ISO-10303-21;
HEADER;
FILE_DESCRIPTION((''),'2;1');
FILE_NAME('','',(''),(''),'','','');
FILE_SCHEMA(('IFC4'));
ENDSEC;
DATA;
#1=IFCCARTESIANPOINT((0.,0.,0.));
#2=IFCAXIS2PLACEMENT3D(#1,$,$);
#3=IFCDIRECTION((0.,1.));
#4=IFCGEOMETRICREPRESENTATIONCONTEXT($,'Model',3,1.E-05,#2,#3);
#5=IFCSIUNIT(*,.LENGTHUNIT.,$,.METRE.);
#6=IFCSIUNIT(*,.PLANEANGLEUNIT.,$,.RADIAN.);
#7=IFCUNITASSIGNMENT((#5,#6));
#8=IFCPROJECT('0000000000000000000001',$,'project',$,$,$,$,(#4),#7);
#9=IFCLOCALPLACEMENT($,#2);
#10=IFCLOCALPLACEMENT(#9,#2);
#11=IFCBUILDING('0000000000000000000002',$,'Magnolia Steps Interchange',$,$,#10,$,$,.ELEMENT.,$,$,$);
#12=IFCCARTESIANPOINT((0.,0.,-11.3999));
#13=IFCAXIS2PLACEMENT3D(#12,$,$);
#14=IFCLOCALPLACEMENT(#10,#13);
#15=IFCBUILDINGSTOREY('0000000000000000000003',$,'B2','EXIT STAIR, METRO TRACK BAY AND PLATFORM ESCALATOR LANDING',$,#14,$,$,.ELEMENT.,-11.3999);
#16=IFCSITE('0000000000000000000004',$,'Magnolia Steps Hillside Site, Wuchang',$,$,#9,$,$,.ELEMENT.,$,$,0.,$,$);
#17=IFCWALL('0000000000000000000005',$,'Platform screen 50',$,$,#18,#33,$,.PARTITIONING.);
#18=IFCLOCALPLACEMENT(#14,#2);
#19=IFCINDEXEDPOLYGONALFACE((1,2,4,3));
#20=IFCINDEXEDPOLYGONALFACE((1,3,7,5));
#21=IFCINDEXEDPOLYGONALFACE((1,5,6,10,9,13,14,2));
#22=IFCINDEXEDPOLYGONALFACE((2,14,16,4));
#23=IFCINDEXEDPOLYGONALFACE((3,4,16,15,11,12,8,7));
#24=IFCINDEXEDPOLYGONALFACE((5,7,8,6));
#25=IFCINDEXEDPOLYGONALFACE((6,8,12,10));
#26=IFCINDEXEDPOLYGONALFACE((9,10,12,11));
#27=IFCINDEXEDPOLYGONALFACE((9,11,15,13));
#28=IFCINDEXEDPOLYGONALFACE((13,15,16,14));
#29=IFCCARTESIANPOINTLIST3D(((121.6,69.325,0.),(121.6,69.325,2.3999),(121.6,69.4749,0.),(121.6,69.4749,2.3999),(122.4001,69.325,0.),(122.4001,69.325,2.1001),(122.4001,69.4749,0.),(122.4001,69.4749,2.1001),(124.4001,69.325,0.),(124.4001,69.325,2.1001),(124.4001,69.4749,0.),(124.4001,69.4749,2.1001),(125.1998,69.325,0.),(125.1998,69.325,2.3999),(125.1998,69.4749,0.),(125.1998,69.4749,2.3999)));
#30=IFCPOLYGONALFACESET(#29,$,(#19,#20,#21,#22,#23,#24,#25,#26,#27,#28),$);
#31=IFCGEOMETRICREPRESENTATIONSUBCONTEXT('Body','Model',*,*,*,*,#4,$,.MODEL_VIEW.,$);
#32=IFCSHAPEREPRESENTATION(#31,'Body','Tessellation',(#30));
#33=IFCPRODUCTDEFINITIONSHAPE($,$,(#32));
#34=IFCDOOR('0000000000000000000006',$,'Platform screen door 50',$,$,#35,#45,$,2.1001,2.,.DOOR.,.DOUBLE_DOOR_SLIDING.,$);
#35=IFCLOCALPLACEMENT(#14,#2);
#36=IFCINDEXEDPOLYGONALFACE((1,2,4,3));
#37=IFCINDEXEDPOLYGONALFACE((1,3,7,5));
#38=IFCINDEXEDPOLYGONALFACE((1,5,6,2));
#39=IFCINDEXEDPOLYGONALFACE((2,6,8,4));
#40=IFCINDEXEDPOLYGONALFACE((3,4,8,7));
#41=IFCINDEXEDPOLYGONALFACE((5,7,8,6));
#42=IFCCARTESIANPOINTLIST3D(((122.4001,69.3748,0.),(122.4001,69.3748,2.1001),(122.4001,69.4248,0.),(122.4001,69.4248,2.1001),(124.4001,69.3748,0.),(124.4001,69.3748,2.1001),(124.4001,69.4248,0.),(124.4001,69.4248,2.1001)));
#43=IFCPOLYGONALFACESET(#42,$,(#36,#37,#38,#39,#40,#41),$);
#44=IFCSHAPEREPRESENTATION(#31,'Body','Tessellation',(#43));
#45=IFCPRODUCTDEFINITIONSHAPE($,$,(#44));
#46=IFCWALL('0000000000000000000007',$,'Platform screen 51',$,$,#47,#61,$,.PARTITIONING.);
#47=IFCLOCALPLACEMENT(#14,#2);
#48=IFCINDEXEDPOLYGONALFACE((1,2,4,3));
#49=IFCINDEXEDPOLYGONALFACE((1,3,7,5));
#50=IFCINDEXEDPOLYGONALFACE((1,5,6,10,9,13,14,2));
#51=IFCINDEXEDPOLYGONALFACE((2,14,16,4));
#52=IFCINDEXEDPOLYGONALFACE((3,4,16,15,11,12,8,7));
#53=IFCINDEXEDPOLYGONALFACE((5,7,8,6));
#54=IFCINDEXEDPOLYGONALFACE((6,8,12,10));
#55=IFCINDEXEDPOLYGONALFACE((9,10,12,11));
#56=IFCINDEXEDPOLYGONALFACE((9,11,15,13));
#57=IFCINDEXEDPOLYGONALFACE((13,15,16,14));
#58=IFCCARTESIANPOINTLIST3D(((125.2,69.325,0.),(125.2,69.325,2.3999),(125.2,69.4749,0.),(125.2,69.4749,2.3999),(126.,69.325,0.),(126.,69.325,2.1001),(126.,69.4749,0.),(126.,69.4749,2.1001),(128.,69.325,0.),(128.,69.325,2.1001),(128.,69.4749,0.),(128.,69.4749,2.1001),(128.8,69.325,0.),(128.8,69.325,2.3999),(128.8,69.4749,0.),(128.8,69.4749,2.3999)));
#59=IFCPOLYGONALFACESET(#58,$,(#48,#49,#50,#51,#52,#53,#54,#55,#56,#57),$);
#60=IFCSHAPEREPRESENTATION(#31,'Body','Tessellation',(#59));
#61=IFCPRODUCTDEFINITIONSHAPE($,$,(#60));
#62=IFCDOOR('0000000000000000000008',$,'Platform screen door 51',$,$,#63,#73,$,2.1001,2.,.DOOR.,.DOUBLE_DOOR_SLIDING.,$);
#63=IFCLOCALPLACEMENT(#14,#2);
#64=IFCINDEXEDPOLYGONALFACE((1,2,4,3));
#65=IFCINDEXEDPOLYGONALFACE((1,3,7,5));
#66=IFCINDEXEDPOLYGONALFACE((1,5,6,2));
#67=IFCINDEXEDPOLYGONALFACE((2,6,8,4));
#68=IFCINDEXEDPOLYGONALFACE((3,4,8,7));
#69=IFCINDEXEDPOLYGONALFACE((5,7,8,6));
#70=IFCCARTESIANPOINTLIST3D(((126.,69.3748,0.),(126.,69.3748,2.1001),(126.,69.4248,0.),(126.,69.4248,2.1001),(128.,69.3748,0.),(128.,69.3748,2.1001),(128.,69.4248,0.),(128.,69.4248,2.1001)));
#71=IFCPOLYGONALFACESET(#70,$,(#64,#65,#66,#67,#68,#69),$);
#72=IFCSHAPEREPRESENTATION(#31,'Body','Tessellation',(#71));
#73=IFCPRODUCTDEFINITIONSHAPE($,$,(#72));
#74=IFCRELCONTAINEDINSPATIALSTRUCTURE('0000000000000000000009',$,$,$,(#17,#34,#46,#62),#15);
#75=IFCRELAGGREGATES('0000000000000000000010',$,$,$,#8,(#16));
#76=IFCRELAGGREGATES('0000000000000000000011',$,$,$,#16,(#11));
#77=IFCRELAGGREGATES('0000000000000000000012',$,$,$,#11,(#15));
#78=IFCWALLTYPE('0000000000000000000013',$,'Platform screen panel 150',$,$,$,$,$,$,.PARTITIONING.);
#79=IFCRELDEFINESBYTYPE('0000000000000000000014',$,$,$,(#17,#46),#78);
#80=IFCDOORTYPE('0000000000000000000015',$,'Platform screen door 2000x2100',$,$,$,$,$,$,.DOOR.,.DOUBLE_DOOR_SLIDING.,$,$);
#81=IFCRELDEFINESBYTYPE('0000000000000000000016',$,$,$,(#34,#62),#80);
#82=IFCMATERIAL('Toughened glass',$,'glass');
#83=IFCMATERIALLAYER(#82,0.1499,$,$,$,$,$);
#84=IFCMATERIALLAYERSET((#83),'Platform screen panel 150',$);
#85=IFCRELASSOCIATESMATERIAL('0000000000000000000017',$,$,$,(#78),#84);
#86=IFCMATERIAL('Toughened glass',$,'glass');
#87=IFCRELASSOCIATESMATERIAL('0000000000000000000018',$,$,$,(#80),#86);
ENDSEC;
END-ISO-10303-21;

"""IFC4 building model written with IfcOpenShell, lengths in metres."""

from ifc_helpers import new_model, si_unit, direction, frame, frame_2d, origin, place, context, subcontext, project, spatial, rectangle, extrude, material, layer, layer_set, type_object, element, fill, save


model = new_model("IFC4")

# Units and contexts
model_context = context("Model", 3, precision=1e-05, world=origin(), true_north=direction((0.0, 1.0)))
body_context = subcontext(model_context, "Body", "Model", "MODEL_VIEW")
ifc_project = project(units=[si_unit("LENGTHUNIT", "METRE"), si_unit("PLANEANGLEUNIT", "RADIAN")], contexts=[model_context])

# Site, building, storey
site_placement = place(None, origin())
site = spatial("IfcSite", under=ifc_project, at=site_placement, Name="Magnolia Steps Hillside Site, Wuchang", CompositionType="ELEMENT", RefElevation=0.0)
building_placement = place(site_placement, origin())
building = spatial("IfcBuilding", under=site, at=building_placement, Name="Magnolia Steps Interchange", CompositionType="ELEMENT")
storey_placement = place(building_placement, frame((0.0, 0.0, -11.3999)))
storey = spatial("IfcBuildingStorey", under=building, at=storey_placement, Name="B2", Description="EXIT STAIR, METRO TRACK BAY AND PLATFORM ESCALATOR LANDING", CompositionType="ELEMENT", Elevation=-11.3999)

# Walls, openings, doors
ifc_material_1 = material(Name="Toughened glass", Category="glass")
ifc_layer = layer(ifc_material_1, 0.1499)
ifc_layer_set = layer_set([ifc_layer], Name="Platform screen panel 150")
wall_type = type_object("IfcWallType", Name="Platform screen panel 150", PredefinedType="PARTITIONING", material=ifc_layer_set)
ifc_material_2 = material(Name="Toughened glass", Category="glass")
door_type = type_object("IfcDoorType", Name="Platform screen door 2000x2100", OperationType="DOUBLE_DOOR_SLIDING", PredefinedType="DOOR", material=ifc_material_2)
wall_1_placement = place(storey_placement, frame((121.6001, 69.3999, 0.0), z_axis=(0.0, 0.0, 1.0), x_axis=(1.0, 0.0, 0.0)))
wall_1 = element("IfcWall", 1, at=wall_1_placement, inside=storey, type_object=wall_type, Name="Platform screen 50", PredefinedType="PARTITIONING", context=body_context, shape_type="SweptSolid", body=[
    extrude(rectangle(XDim=3.5999, YDim=0.1499, at=frame_2d((1.7998, 0.0))), origin(), (0.0, 0.0, 1.0), 2.3999),
])
opening_1_placement = place(wall_1_placement, frame((0.8, 0.0, 0.0)))
opening_1 = element("IfcOpeningElement", 2, at=opening_1_placement, cuts=wall_1, PredefinedType="OPENING", context=body_context, shape_type="SweptSolid", body=[
    extrude(rectangle(XDim=2.0, YDim=2.1001, at=frame_2d((1.0, 1.05))), frame((0.0, 0.085, 0.0), z_axis=(0.0, -1.0, 0.0), x_axis=(1.0, 0.0, 0.0)), (0.0, 0.0, 1.0), 0.1699),
])
door_1_placement = place(opening_1_placement, origin())
door_1 = element("IfcDoor", 3, at=door_1_placement, inside=storey, type_object=door_type, Name="Platform screen door 50", OperationType="DOUBLE_DOOR_SLIDING", OverallHeight=2.1001, OverallWidth=2.0, PredefinedType="DOOR", context=body_context, shape_type="SweptSolid", body=[
    extrude(rectangle(XDim=2.0, YDim=2.1001, at=frame_2d((1.0, 1.05))), frame((0.0, 0.0249, 0.0), z_axis=(0.0, -1.0, 0.0), x_axis=(1.0, 0.0, 0.0)), (0.0, 0.0, 1.0), 0.05),
])
fill(opening_1, door_1)
wall_2_placement = place(storey_placement, frame((125.2, 69.3999, 0.0), z_axis=(0.0, 0.0, 1.0), x_axis=(1.0, 0.0, 0.0)))
wall_2 = element("IfcWall", 4, at=wall_2_placement, inside=storey, type_object=wall_type, Name="Platform screen 51", PredefinedType="PARTITIONING", context=body_context, shape_type="SweptSolid", body=[
    extrude(rectangle(XDim=3.6001, YDim=0.1499, at=frame_2d((1.8, 0.0))), origin(), (0.0, 0.0, 1.0), 2.3999),
])
opening_2_placement = place(wall_2_placement, frame((0.8, 0.0, 0.0)))
opening_2 = element("IfcOpeningElement", 5, at=opening_2_placement, cuts=wall_2, PredefinedType="OPENING", context=body_context, shape_type="SweptSolid", body=[
    extrude(rectangle(XDim=2.0, YDim=2.1001, at=frame_2d((1.0, 1.05))), frame((0.0, 0.085, 0.0), z_axis=(0.0, -1.0, 0.0), x_axis=(1.0, 0.0, 0.0)), (0.0, 0.0, 1.0), 0.1699),
])
door_2_placement = place(opening_2_placement, origin())
door_2 = element("IfcDoor", 6, at=door_2_placement, inside=storey, type_object=door_type, Name="Platform screen door 51", OperationType="DOUBLE_DOOR_SLIDING", OverallHeight=2.1001, OverallWidth=2.0, PredefinedType="DOOR", context=body_context, shape_type="SweptSolid", body=[
    extrude(rectangle(XDim=2.0, YDim=2.1001, at=frame_2d((1.0, 1.05))), frame((0.0, 0.0249, 0.0), z_axis=(0.0, -1.0, 0.0), x_axis=(1.0, 0.0, 0.0)), (0.0, 0.0, 1.0), 0.05),
])
fill(opening_2, door_2)

save(model, "model.ifc")
